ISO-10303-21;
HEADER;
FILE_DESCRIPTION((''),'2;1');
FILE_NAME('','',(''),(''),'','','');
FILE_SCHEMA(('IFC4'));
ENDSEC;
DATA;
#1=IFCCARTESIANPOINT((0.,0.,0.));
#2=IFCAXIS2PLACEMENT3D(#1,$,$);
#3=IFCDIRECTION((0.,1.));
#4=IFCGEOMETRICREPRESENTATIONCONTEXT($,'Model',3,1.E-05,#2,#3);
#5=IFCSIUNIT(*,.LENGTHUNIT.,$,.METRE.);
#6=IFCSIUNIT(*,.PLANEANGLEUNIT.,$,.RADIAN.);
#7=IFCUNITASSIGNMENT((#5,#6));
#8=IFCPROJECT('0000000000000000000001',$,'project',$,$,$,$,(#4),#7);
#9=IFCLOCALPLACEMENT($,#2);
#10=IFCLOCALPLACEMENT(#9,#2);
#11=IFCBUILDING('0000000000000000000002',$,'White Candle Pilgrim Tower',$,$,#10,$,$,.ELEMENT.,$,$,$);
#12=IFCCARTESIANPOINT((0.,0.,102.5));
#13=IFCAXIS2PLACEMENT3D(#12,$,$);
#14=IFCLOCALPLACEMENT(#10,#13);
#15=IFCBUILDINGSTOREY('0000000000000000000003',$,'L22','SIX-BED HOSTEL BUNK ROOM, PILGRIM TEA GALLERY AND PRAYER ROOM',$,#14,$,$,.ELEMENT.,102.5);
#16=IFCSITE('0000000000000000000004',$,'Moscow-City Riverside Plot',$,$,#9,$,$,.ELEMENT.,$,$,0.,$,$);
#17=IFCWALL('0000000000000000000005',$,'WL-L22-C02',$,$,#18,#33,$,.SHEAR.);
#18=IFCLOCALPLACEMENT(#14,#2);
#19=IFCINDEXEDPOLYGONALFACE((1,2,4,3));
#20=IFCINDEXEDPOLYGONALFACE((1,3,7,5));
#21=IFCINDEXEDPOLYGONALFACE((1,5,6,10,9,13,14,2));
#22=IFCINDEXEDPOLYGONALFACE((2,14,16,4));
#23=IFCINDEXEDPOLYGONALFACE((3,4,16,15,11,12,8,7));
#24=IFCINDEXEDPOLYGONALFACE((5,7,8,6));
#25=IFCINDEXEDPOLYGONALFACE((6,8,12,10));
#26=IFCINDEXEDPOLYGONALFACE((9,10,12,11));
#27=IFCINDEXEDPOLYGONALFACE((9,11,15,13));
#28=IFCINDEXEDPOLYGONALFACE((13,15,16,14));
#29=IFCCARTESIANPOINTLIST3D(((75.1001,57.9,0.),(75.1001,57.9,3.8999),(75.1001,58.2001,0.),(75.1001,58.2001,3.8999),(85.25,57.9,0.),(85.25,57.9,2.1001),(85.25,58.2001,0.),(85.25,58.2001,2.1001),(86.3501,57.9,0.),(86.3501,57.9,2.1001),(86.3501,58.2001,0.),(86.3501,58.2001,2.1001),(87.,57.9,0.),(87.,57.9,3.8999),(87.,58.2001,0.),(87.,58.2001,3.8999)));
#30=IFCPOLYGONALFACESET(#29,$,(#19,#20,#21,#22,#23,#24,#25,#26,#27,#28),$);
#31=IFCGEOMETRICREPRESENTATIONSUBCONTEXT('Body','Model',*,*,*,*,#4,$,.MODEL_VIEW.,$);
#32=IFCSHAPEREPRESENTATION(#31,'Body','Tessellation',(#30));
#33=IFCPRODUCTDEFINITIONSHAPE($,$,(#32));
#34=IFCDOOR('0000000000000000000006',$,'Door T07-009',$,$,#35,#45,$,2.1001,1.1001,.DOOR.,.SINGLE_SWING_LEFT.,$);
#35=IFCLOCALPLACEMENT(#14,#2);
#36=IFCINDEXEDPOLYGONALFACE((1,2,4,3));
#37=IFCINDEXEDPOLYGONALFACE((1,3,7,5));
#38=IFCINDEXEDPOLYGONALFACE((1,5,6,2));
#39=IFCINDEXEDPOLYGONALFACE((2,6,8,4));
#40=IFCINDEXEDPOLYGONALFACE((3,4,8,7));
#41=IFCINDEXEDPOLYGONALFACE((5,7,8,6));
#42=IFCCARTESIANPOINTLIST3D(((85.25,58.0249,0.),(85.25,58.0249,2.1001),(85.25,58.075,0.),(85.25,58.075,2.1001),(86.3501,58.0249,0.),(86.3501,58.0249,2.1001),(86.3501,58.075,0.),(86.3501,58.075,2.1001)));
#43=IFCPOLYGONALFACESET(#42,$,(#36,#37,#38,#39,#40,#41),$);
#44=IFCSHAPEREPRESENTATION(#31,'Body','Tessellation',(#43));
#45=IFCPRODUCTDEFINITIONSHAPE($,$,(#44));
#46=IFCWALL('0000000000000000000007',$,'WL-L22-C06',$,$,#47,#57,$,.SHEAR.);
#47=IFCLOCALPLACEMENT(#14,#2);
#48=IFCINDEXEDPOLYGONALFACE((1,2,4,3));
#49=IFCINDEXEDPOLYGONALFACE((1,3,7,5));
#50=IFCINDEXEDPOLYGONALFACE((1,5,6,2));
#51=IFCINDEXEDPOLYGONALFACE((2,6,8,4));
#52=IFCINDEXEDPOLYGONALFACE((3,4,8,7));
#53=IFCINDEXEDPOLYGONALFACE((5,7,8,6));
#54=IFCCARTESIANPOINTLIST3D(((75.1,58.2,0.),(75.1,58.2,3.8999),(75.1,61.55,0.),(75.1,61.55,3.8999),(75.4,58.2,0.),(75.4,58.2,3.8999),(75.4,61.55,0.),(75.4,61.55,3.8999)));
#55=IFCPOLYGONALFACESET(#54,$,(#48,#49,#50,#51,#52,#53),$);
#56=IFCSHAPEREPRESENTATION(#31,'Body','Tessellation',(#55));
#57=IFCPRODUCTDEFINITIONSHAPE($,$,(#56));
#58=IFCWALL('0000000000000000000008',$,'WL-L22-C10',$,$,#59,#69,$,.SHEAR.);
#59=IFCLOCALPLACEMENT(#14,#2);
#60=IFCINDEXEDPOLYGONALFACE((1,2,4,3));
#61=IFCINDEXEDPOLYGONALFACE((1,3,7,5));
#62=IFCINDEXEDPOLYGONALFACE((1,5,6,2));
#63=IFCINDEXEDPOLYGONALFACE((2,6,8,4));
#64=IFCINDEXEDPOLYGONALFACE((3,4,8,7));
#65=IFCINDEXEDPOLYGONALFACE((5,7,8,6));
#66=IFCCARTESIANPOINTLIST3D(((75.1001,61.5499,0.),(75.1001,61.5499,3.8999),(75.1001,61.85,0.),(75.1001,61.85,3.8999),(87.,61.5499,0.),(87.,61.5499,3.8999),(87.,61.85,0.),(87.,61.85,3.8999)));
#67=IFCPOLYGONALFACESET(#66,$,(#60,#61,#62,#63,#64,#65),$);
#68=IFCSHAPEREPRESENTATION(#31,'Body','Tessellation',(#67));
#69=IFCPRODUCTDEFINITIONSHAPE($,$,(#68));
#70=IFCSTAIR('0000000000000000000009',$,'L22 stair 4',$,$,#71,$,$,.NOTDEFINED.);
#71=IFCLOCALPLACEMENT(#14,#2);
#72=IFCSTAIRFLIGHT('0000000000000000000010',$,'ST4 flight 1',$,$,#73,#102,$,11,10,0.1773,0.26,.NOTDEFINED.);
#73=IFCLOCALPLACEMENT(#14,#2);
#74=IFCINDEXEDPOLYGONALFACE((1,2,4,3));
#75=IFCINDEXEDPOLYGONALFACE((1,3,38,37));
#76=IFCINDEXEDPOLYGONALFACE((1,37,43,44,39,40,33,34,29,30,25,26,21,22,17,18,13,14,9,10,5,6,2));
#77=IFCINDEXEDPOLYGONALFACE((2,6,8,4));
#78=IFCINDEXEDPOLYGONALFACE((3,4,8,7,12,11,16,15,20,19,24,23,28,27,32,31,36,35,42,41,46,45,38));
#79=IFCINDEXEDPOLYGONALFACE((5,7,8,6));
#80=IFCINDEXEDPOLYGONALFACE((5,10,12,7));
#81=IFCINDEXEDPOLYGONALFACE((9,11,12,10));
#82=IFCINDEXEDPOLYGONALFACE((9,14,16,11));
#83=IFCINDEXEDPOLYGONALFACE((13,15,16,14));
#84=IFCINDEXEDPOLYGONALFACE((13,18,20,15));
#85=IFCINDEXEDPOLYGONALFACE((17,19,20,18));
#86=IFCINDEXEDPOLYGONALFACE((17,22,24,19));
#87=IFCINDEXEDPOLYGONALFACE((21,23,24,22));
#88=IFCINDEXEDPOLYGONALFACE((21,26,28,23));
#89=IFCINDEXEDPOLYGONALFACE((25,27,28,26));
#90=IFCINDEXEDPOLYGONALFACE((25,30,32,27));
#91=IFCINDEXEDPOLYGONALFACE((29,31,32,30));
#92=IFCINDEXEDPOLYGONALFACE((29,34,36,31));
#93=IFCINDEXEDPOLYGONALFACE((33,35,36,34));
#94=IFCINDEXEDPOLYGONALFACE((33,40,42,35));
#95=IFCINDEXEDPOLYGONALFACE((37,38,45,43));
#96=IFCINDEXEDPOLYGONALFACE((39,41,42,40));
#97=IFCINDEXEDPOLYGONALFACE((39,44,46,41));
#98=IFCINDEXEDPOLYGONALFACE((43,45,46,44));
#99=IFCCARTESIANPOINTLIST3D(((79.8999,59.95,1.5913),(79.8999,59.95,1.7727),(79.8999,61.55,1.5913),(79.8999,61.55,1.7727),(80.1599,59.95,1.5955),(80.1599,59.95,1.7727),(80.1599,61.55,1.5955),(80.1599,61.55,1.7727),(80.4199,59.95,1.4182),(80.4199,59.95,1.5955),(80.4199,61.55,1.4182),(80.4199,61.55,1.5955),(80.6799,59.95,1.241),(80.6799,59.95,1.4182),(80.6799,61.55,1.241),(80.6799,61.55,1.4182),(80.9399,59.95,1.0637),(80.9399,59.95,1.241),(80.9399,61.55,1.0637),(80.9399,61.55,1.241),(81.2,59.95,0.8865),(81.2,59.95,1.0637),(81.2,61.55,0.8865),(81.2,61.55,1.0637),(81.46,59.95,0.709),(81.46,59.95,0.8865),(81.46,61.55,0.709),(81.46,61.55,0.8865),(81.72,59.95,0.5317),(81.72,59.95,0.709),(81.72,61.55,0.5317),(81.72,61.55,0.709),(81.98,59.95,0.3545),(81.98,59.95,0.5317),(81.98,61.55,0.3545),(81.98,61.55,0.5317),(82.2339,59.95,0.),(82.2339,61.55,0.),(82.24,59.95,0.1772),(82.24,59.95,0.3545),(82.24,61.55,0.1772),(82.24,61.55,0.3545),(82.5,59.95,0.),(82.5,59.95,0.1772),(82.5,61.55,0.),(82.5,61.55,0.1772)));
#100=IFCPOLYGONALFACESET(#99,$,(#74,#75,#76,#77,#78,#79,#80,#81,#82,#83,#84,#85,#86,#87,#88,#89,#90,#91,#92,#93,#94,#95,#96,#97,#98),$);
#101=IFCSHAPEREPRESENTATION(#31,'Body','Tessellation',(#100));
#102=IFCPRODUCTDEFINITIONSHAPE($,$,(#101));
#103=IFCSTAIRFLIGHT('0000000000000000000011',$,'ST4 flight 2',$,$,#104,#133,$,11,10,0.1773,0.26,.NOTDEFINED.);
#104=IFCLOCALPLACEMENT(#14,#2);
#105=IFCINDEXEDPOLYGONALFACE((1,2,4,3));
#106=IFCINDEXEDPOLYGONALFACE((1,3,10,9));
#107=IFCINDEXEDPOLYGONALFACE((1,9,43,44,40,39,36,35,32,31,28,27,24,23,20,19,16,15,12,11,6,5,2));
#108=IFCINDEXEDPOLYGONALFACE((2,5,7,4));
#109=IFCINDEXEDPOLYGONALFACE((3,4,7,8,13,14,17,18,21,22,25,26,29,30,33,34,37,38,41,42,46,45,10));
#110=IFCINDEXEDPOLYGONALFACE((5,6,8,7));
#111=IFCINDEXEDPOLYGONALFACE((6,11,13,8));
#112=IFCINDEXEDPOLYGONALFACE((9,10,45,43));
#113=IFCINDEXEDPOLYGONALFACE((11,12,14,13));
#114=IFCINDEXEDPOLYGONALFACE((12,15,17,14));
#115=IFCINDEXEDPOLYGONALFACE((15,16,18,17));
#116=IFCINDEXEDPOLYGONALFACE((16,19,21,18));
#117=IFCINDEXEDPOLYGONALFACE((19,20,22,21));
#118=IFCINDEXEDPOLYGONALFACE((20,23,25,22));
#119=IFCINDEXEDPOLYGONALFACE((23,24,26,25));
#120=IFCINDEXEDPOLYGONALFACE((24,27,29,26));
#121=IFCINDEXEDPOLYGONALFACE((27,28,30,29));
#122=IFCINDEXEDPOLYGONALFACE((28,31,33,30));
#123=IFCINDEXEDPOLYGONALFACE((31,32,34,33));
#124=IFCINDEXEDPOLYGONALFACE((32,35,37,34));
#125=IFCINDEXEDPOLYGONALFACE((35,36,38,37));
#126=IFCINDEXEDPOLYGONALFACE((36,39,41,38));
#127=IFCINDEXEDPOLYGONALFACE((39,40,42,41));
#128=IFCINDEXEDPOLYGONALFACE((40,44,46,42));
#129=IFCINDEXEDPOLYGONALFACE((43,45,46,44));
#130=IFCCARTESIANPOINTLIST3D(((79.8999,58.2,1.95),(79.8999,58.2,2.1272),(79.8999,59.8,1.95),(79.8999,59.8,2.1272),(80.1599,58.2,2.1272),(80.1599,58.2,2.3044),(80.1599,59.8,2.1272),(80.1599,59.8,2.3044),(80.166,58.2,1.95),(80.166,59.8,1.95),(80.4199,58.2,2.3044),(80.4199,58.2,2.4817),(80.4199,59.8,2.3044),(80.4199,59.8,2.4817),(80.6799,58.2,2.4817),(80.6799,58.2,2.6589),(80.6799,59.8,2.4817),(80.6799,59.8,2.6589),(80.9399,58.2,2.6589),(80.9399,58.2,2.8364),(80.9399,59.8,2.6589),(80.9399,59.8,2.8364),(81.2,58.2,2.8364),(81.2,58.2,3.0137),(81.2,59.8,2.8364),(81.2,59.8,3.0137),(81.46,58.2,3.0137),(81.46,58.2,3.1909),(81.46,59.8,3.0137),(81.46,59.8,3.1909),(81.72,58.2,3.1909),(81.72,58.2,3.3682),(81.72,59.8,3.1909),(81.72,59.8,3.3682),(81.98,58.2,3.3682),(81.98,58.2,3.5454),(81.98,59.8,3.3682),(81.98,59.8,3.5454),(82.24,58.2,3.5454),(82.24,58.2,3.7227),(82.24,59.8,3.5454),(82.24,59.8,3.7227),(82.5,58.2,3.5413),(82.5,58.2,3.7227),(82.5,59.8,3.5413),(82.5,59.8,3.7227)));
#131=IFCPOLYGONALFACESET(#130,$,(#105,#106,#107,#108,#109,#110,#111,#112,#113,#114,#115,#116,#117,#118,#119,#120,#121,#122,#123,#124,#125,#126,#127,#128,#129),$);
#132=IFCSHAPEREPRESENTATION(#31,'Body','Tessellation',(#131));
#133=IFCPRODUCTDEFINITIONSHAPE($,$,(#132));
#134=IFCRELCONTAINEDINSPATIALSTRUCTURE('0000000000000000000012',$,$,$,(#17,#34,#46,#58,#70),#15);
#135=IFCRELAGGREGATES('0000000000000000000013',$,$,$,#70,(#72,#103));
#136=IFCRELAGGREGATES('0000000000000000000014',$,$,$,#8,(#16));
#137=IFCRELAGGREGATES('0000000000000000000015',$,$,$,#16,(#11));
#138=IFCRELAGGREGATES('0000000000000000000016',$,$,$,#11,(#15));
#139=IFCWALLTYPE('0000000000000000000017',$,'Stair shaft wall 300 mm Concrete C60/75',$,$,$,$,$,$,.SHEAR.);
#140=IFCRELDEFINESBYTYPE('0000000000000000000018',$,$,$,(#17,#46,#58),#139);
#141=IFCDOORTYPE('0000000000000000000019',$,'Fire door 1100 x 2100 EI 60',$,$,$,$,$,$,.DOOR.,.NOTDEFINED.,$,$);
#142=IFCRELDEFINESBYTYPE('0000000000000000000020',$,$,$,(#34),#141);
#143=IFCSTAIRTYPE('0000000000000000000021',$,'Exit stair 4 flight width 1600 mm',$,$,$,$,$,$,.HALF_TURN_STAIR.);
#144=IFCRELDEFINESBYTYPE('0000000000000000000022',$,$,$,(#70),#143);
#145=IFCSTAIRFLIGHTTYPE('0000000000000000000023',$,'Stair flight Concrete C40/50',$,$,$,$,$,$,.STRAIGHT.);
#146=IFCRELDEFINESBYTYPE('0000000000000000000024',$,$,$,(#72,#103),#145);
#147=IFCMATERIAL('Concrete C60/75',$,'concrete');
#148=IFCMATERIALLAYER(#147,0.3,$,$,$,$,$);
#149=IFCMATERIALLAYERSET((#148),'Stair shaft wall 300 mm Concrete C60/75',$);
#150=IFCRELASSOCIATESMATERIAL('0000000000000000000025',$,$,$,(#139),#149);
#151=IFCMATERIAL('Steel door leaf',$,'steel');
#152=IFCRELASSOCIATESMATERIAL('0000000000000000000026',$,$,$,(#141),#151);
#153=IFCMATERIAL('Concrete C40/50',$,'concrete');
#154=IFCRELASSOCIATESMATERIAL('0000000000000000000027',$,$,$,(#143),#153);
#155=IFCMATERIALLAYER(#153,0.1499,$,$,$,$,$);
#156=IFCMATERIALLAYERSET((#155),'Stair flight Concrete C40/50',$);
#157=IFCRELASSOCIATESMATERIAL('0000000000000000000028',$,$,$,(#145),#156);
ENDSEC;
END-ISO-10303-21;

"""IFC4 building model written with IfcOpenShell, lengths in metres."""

from ifc_helpers import new_model, si_unit, direction, frame, frame_2d, origin, place, context, subcontext, project, spatial, polyline, rectangle, outline, extrude, material, layer, layer_set, type_object, element, fill, aggregate, save


model = new_model("IFC4")

# Units and contexts
model_context = context("Model", 3, precision=1e-05, world=origin(), true_north=direction((0.0, 1.0)))
body_context = subcontext(model_context, "Body", "Model", "MODEL_VIEW")
ifc_project = project(units=[si_unit("LENGTHUNIT", "METRE"), si_unit("PLANEANGLEUNIT", "RADIAN")], contexts=[model_context])

# Site, building, storey
site_placement = place(None, origin())
site = spatial("IfcSite", under=ifc_project, at=site_placement, Name="Moscow-City Riverside Plot", CompositionType="ELEMENT", RefElevation=0.0)
building_placement = place(site_placement, origin())
building = spatial("IfcBuilding", under=site, at=building_placement, Name="White Candle Pilgrim Tower", CompositionType="ELEMENT")
storey_placement = place(building_placement, frame((0.0, 0.0, 102.5)))
storey = spatial("IfcBuildingStorey", under=building, at=storey_placement, Name="L22", Description="SIX-BED HOSTEL BUNK ROOM, PILGRIM TEA GALLERY AND PRAYER ROOM", CompositionType="ELEMENT", Elevation=102.5)

# Wall, opening, door
ifc_material_1 = material(Name="Concrete C60/75", Category="concrete")
ifc_layer_1 = layer(ifc_material_1, 0.3)
ifc_layer_set_1 = layer_set([ifc_layer_1], Name="Stair shaft wall 300 mm Concrete C60/75")
wall_type_1 = type_object("IfcWallType", Name="Stair shaft wall 300 mm Concrete C60/75", PredefinedType="SHEAR", material=ifc_layer_set_1)
wall_1_placement = place(storey_placement, frame((75.1001, 58.05, 0.0), z_axis=(0.0, 0.0, 1.0), x_axis=(1.0, 0.0, 0.0)))
wall_1 = element("IfcWall", 1, at=wall_1_placement, inside=storey, type_object=wall_type_1, Name="WL-L22-C02", PredefinedType="SHEAR", context=body_context, shape_type="SweptSolid", body=[
    extrude(rectangle(XDim=11.8999, YDim=0.3, at=frame_2d((5.95, 0.0))), origin(), (0.0, 0.0, 1.0), 3.8999),
])
opening_placement = place(wall_1_placement, frame((10.1499, 0.0, 0.0)))
opening = element("IfcOpeningElement", 2, at=opening_placement, cuts=wall_1, PredefinedType="OPENING", context=body_context, shape_type="SweptSolid", body=[
    extrude(rectangle(XDim=1.1001, YDim=2.1001, at=frame_2d((0.55, 1.05))), frame((0.0, 0.1599, 0.0), z_axis=(0.0, -1.0, 0.0), x_axis=(1.0, 0.0, 0.0)), (0.0, 0.0, 1.0), 0.3201),
])
ifc_material_2 = material(Name="Steel door leaf", Category="steel")
door_type = type_object("IfcDoorType", Name="Fire door 1100 x 2100 EI 60", OperationType="NOTDEFINED", PredefinedType="DOOR", material=ifc_material_2)
door_placement = place(opening_placement, origin())
door = element("IfcDoor", 3, at=door_placement, inside=storey, type_object=door_type, Name="Door T07-009", OperationType="SINGLE_SWING_LEFT", OverallHeight=2.1001, OverallWidth=1.1001, PredefinedType="DOOR", context=body_context, shape_type="SweptSolid", body=[
    extrude(rectangle(XDim=1.1001, YDim=2.1001, at=frame_2d((0.55, 1.05))), frame((0.0, 0.0249, 0.0), z_axis=(0.0, -1.0, 0.0), x_axis=(1.0, 0.0, 0.0)), (0.0, 0.0, 1.0), 0.05),
])
fill(opening, door)

# Walls
wall_2_placement = place(storey_placement, frame((75.25, 58.2, 0.0), z_axis=(0.0, 0.0, 1.0), x_axis=(0.0, 1.0, 0.0)))
element("IfcWall", 4, at=wall_2_placement, inside=storey, type_object=wall_type_1, Name="WL-L22-C06", PredefinedType="SHEAR", context=body_context, shape_type="SweptSolid", body=[
    extrude(rectangle(XDim=3.3501, YDim=0.3, at=frame_2d((1.675, 0.0))), origin(), (0.0, 0.0, 1.0), 3.8999),
])
wall_3_placement = place(storey_placement, frame((75.1001, 61.7, 0.0), z_axis=(0.0, 0.0, 1.0), x_axis=(1.0, 0.0, 0.0)))
element("IfcWall", 5, at=wall_3_placement, inside=storey, type_object=wall_type_1, Name="WL-L22-C10", PredefinedType="SHEAR", context=body_context, shape_type="SweptSolid", body=[
    extrude(rectangle(XDim=11.8999, YDim=0.3, at=frame_2d((5.95, 0.0))), origin(), (0.0, 0.0, 1.0), 3.8999),
])

# Stair, stair flights
ifc_material_3 = material(Name="Concrete C40/50", Category="concrete")
stair_type = type_object("IfcStairType", Name="Exit stair 4 flight width 1600 mm", PredefinedType="HALF_TURN_STAIR", material=ifc_material_3)
stair_placement = place(storey_placement, origin())
stair = element("IfcStair", 6, at=stair_placement, inside=storey, type_object=stair_type, Name="L22 stair 4", PredefinedType="NOTDEFINED")
ifc_layer_2 = layer(ifc_material_3, 0.1499)
ifc_layer_set_2 = layer_set([ifc_layer_2], Name="Stair flight Concrete C40/50")
stair_flight_type = type_object("IfcStairFlightType", Name="Stair flight Concrete C40/50", PredefinedType="STRAIGHT", material=ifc_layer_set_2)
stair_flight_1_placement = place(storey_placement, frame((82.5, 60.75, 0.0), z_axis=(0.0, 0.0, 1.0), x_axis=(-1.0, 0.0, 0.0)))
stair_flight_1 = element("IfcStairFlight", 7, at=stair_flight_1_placement, type_object=stair_flight_type, Name="ST4 flight 1", NumberOfRisers=11, NumberOfTreads=10, PredefinedType="NOTDEFINED", RiserHeight=0.1773, TreadLength=0.26, context=body_context, shape_type="SweptSolid", body=[
    extrude(outline(polyline([(0.0, 0.0), (0.0, 0.1772), (0.26, 0.1772), (0.26, 0.3545), (0.52, 0.3545), (0.52, 0.5317), (0.78, 0.5317), (0.78, 0.709), (1.04, 0.709), (1.04, 0.8865), (1.3, 0.8865), (1.3, 1.0637), (1.5601, 1.0637), (1.5601, 1.241), (1.8201, 1.241), (1.8201, 1.4182), (2.0801, 1.4182), (2.0801, 1.5955), (2.3401, 1.5955), (2.3401, 1.7727), (2.6001, 1.7727), (2.6001, 1.95), (2.6001, 1.5913), (0.2661, 0.0), (0.0, 0.0)])), frame((0.0, 0.8, 0.0), z_axis=(0.0, -1.0, 0.0), x_axis=(1.0, 0.0, 0.0)), (0.0, 0.0, 1.0), 1.6001),
])
stair_flight_2_placement = place(storey_placement, frame((79.8999, 59.0, 1.95), z_axis=(0.0, 0.0, 1.0), x_axis=(1.0, 0.0, 0.0)))
stair_flight_2 = element("IfcStairFlight", 8, at=stair_flight_2_placement, type_object=stair_flight_type, Name="ST4 flight 2", NumberOfRisers=11, NumberOfTreads=10, PredefinedType="NOTDEFINED", RiserHeight=0.1773, TreadLength=0.26, context=body_context, shape_type="SweptSolid", body=[
    extrude(outline(polyline([(0.0, 0.0), (0.0, 0.1772), (0.26, 0.1772), (0.26, 0.3545), (0.52, 0.3545), (0.52, 0.5317), (0.78, 0.5317), (0.78, 0.709), (1.04, 0.709), (1.04, 0.8865), (1.3, 0.8865), (1.3, 1.0637), (1.5601, 1.0637), (1.5601, 1.241), (1.8201, 1.241), (1.8201, 1.4182), (2.0801, 1.4182), (2.0801, 1.5955), (2.3401, 1.5955), (2.3401, 1.7727), (2.6001, 1.7727), (2.6001, 1.95), (2.6001, 1.5913), (0.2661, 0.0), (0.0, 0.0)])), frame((0.0, 0.8, 0.0), z_axis=(0.0, -1.0, 0.0), x_axis=(1.0, 0.0, 0.0)), (0.0, 0.0, 1.0), 1.6001),
])
aggregate(stair, [stair_flight_1, stair_flight_2])

save(model, "model.ifc")
